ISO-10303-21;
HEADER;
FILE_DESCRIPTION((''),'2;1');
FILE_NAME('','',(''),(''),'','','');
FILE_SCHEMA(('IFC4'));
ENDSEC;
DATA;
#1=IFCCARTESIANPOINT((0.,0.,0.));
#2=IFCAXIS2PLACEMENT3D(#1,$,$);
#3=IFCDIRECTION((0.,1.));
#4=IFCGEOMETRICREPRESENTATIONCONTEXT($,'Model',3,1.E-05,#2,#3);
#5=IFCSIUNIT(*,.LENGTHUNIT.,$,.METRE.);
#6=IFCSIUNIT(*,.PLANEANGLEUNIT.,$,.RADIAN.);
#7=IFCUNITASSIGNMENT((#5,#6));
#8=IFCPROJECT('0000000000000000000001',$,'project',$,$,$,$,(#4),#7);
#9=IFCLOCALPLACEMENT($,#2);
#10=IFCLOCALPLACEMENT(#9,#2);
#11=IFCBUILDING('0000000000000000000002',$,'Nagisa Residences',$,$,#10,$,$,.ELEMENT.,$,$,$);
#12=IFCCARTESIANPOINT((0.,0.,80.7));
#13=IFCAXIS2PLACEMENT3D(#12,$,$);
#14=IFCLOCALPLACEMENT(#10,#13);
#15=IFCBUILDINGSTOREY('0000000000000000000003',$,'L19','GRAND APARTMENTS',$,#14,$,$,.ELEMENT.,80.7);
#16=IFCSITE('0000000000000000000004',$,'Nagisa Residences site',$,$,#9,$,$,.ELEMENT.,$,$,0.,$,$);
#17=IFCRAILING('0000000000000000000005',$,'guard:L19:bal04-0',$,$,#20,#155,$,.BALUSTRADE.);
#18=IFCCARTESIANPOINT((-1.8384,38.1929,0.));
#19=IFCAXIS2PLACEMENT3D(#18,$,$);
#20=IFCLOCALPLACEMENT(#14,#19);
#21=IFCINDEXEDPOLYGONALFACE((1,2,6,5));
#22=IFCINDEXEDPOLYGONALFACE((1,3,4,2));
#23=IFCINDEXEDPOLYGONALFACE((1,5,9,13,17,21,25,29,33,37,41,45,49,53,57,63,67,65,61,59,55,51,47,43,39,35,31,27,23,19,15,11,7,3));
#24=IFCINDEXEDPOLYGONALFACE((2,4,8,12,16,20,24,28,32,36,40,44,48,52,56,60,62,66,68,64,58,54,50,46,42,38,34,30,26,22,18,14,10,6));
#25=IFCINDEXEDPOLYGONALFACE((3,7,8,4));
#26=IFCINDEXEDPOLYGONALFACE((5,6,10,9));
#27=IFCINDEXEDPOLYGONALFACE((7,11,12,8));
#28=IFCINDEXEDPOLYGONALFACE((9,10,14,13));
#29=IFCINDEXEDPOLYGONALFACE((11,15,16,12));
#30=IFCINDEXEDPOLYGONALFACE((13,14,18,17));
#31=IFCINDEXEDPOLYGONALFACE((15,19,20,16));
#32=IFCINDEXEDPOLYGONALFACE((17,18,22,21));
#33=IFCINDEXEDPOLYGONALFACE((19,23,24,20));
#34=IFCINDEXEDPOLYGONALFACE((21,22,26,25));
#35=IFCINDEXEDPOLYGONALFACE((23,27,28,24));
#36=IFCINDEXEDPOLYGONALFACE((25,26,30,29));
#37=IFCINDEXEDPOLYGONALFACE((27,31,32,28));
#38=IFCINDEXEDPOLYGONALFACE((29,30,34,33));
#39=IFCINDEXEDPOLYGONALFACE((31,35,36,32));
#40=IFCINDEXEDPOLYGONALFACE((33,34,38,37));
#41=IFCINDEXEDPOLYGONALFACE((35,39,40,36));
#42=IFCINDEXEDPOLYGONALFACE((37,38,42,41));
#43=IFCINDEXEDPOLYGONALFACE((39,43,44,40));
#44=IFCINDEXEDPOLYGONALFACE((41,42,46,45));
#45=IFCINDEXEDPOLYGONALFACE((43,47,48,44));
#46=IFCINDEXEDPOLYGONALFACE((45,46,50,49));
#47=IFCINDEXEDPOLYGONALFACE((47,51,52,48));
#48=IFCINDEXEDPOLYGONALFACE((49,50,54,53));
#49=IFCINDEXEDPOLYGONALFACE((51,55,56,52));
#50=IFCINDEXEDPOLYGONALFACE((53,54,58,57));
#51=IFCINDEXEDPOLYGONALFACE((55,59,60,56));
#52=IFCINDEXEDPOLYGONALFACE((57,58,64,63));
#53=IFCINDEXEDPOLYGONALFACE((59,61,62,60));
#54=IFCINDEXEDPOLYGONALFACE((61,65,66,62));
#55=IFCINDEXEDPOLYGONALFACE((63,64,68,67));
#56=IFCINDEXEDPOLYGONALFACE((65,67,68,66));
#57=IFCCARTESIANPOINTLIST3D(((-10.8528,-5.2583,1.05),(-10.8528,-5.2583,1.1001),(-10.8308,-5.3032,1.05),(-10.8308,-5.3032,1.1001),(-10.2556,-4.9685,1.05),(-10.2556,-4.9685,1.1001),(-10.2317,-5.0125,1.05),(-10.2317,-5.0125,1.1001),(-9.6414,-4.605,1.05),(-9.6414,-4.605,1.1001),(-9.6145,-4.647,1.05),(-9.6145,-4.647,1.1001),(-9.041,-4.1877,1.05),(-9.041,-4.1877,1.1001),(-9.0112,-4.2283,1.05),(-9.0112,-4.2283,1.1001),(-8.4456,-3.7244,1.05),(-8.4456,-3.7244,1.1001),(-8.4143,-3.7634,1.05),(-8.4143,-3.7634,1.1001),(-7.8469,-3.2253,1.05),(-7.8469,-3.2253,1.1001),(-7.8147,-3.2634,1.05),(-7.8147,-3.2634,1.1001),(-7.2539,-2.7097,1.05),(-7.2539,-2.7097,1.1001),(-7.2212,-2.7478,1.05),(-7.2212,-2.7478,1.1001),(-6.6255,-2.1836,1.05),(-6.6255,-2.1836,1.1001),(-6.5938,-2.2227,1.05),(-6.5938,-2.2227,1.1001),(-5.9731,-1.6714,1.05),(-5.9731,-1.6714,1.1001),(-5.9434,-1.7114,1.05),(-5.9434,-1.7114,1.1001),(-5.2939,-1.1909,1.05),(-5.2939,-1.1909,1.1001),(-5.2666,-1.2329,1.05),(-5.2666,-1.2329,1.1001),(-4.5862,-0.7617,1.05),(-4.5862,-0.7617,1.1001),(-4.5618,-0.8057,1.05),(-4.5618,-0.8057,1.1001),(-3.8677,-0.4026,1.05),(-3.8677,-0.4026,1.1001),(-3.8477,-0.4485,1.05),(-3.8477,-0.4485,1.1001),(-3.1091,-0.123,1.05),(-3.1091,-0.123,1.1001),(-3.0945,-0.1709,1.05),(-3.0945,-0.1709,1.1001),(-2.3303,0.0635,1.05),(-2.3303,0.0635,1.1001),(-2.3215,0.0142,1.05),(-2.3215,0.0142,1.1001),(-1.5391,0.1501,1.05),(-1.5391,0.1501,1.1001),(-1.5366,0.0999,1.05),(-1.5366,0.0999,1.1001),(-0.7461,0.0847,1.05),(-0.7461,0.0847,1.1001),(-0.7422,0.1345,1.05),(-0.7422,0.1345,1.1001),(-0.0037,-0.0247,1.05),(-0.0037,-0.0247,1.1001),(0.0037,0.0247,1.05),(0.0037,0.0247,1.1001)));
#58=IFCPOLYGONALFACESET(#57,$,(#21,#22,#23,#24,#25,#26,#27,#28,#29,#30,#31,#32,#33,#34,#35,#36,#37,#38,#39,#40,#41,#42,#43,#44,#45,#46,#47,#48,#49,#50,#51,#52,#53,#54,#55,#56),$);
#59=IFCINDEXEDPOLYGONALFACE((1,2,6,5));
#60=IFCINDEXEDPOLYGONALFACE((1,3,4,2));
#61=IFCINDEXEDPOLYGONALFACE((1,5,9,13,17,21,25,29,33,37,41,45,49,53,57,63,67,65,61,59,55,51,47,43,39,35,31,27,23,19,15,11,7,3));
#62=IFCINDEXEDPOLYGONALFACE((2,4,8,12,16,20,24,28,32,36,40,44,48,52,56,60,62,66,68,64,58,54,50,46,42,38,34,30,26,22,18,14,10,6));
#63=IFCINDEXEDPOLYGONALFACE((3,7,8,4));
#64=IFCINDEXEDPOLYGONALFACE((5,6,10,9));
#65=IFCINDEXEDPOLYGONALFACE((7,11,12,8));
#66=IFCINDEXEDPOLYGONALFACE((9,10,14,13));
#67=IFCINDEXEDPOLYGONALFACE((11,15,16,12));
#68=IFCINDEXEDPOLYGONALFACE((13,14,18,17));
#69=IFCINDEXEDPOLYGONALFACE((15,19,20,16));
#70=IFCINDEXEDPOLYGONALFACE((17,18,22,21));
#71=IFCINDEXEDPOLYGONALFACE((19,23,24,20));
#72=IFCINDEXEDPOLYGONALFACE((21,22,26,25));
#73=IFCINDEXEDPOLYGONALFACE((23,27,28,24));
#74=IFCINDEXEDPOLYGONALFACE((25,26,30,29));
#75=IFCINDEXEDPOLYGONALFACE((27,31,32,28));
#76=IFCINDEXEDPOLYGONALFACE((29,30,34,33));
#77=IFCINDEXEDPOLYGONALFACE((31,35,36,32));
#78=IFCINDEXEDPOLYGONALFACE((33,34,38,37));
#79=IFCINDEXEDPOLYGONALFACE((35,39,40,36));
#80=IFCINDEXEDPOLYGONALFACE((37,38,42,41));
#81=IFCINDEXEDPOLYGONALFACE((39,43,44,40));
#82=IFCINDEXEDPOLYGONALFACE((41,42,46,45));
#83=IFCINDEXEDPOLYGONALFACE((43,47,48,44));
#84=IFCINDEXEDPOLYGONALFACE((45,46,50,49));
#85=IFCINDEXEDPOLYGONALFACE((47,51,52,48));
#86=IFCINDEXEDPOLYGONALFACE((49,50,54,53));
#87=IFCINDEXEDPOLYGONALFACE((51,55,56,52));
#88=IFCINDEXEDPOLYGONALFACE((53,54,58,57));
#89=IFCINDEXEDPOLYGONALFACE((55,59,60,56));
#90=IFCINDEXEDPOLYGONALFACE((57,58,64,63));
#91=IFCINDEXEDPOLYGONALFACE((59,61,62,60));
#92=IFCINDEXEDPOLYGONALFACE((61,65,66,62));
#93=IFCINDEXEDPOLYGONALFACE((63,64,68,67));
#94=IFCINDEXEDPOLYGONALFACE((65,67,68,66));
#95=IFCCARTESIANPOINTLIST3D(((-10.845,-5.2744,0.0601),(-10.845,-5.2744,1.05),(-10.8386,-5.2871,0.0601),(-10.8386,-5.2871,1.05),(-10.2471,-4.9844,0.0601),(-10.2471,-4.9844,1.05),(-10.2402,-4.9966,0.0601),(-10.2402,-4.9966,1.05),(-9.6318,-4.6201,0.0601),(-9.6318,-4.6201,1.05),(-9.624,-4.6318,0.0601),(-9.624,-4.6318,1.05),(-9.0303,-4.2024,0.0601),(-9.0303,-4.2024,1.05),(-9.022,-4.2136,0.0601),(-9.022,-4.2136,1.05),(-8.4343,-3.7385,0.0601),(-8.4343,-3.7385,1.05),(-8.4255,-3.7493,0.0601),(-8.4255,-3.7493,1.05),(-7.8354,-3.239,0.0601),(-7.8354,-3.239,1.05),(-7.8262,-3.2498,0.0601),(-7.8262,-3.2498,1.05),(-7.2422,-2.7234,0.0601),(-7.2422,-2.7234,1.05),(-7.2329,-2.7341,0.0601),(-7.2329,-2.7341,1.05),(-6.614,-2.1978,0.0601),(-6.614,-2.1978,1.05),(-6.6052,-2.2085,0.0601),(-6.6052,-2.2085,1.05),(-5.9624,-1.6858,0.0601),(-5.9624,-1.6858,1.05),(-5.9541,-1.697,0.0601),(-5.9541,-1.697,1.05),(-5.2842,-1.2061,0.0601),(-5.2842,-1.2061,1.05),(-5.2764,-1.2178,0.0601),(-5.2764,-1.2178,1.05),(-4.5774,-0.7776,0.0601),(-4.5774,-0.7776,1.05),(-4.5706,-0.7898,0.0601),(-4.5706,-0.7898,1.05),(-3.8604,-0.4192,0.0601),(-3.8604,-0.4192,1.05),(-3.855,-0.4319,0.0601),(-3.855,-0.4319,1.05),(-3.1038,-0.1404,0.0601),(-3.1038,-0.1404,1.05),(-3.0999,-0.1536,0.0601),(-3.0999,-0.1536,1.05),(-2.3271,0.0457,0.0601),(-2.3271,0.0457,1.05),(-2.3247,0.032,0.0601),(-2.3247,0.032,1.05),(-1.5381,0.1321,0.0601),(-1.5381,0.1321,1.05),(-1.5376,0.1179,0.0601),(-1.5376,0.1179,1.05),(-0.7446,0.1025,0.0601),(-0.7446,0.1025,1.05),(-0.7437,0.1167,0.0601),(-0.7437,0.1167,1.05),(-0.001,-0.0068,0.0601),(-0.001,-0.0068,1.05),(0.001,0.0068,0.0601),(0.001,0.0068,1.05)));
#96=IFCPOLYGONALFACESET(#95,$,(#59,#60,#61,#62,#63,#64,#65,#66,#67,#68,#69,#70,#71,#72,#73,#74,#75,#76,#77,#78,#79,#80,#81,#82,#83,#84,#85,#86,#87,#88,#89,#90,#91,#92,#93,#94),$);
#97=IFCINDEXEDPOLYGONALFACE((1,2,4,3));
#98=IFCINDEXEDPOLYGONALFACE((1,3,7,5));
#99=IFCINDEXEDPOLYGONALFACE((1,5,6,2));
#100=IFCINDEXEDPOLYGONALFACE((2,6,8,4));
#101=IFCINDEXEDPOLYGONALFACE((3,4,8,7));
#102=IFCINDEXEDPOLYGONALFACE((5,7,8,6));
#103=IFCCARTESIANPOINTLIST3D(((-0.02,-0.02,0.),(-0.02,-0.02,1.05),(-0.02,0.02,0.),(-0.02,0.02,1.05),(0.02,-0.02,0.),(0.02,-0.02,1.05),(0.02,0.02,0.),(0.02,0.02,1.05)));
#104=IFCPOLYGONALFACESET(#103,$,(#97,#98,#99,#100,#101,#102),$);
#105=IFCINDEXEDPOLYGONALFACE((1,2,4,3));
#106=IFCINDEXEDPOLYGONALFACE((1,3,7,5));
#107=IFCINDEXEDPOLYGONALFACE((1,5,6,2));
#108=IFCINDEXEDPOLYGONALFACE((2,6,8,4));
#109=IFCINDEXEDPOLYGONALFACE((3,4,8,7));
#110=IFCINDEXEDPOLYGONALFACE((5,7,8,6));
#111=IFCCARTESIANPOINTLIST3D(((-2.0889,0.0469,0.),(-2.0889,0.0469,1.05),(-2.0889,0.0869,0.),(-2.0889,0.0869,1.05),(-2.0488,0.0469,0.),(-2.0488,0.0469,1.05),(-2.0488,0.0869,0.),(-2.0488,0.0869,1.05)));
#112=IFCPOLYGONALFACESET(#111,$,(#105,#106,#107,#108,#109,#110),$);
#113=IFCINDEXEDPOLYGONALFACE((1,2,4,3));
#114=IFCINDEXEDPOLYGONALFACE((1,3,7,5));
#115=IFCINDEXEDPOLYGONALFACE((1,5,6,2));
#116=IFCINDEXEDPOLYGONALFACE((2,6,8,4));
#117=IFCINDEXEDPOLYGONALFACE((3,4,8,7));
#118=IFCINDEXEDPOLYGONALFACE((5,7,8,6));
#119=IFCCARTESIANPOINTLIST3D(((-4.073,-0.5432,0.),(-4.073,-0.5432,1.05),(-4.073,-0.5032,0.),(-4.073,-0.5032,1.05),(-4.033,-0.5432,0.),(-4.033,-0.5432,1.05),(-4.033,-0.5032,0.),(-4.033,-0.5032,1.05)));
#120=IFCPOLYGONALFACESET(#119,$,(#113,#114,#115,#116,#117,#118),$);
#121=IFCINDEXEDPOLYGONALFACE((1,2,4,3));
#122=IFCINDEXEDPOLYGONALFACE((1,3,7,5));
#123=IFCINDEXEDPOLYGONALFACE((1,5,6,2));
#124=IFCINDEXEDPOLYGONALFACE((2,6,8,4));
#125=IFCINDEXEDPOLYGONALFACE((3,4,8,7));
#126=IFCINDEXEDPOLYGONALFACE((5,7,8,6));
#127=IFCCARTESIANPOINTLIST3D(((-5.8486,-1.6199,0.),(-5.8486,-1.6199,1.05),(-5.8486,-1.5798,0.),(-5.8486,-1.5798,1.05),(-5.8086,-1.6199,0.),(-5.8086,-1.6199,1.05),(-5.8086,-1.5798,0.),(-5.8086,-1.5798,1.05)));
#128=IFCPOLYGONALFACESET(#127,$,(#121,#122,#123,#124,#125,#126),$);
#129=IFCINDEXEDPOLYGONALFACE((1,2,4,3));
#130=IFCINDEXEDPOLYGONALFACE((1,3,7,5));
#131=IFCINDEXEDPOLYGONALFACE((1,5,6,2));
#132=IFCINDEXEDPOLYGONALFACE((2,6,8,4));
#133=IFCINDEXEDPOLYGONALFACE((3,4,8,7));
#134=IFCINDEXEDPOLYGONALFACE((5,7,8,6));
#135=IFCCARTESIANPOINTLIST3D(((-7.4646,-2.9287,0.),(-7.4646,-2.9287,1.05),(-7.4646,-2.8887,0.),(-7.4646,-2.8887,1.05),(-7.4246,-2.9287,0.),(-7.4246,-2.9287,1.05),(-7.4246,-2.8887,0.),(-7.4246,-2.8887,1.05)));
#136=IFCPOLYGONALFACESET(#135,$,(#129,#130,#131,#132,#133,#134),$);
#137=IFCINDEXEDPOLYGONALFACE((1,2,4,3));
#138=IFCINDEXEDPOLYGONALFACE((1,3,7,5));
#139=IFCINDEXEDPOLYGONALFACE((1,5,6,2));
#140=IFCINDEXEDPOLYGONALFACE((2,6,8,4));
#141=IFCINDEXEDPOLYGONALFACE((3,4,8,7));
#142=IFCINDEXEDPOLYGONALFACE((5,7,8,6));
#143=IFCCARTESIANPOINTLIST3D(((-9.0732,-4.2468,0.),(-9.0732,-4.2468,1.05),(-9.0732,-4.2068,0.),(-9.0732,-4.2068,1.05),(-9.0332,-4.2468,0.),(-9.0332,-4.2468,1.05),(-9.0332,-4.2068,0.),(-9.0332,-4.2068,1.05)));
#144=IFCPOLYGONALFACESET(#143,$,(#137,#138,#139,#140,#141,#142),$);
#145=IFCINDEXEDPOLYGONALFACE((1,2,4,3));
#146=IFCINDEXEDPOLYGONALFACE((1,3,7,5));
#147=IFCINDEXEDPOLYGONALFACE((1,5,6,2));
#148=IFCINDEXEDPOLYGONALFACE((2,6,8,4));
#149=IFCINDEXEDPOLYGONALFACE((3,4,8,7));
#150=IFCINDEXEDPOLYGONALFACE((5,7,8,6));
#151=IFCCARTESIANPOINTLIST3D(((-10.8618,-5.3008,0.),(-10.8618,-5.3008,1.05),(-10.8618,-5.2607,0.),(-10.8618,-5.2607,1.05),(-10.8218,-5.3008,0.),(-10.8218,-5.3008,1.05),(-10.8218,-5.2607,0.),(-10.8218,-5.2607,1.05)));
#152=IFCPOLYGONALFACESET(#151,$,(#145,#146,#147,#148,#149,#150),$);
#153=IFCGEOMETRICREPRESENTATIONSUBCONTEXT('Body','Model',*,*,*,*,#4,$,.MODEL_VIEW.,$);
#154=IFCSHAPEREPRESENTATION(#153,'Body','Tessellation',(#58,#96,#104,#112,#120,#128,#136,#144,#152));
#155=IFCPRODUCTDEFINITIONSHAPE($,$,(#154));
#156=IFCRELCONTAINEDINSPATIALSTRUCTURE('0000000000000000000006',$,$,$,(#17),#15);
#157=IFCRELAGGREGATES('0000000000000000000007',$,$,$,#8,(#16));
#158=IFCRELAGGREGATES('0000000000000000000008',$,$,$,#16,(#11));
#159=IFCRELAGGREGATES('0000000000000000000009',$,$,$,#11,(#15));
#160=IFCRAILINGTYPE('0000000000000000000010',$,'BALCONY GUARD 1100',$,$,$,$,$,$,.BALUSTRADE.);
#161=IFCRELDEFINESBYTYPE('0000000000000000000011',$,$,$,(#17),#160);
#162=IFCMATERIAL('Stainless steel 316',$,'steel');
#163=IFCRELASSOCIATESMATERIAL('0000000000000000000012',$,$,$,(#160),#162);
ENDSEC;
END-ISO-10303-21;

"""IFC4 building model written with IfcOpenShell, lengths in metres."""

from ifc_helpers import new_model, si_unit, direction, frame, origin, origin_2d, place, context, subcontext, project, spatial, polyline, rectangle, outline, extrude, material, type_object, element, save


model = new_model("IFC4")

# Units and contexts
model_context = context("Model", 3, precision=1e-05, world=origin(), true_north=direction((0.0, 1.0)))
body_context = subcontext(model_context, "Body", "Model", "MODEL_VIEW")
ifc_project = project(units=[si_unit("LENGTHUNIT", "METRE"), si_unit("PLANEANGLEUNIT", "RADIAN")], contexts=[model_context])

# Site, building, storey
site_placement = place(None, origin())
site = spatial("IfcSite", under=ifc_project, at=site_placement, Name="Nagisa Residences site", CompositionType="ELEMENT", RefElevation=0.0)
building_placement = place(site_placement, origin())
building = spatial("IfcBuilding", under=site, at=building_placement, Name="Nagisa Residences", CompositionType="ELEMENT")
storey_placement = place(building_placement, frame((0.0, 0.0, 80.7)))
storey = spatial("IfcBuildingStorey", under=building, at=storey_placement, Name="L19", Description="GRAND APARTMENTS", CompositionType="ELEMENT", Elevation=80.7)

# Railing
ifc_material_1 = material(Name="Stainless steel 316", Category="steel")
railing_type = type_object("IfcRailingType", Name="BALCONY GUARD 1100", PredefinedType="BALUSTRADE", material=ifc_material_1)
railing_placement = place(storey_placement, frame((-1.8384, 38.1929, 0.0)))
element("IfcRailing", 1, at=railing_placement, inside=storey, type_object=railing_type, Name="guard:L19:bal04-0", PredefinedType="BALUSTRADE", context=body_context, shape_type="SweptSolid", body=[
    extrude(outline(polyline([(-0.7461, 0.0847), (-0.0037, -0.0247), (0.0037, 0.0247), (-0.7422, 0.1345), (-1.5391, 0.1501), (-2.3303, 0.0635), (-3.1091, -0.123), (-3.8677, -0.4026), (-4.5862, -0.7617), (-5.2939, -1.1909), (-5.9731, -1.6714), (-6.6255, -2.1836), (-7.2539, -2.7097), (-7.8469, -3.2253), (-8.4456, -3.7244), (-9.041, -4.1877), (-9.6414, -4.605), (-10.2556, -4.9685), (-10.8528, -5.2583), (-10.8308, -5.3032), (-10.2317, -5.0125), (-9.6145, -4.647), (-9.0112, -4.2283), (-8.4143, -3.7634), (-7.8147, -3.2634), (-7.2212, -2.7478), (-6.5938, -2.2227), (-5.9434, -1.7114), (-5.2666, -1.2329), (-4.5618, -0.8057), (-3.8477, -0.4485), (-3.0945, -0.1709), (-2.3215, 0.0142), (-1.5366, 0.0999), (-0.7461, 0.0847)])), frame((0.0, 0.0, 1.05)), (0.0, 0.0, 1.0), 0.05),
    extrude(outline(polyline([(-0.7446, 0.1025), (-0.001, -0.0068), (0.001, 0.0068), (-0.7437, 0.1167), (-1.5381, 0.1321), (-2.3271, 0.0457), (-3.1038, -0.1404), (-3.8604, -0.4192), (-4.5774, -0.7776), (-5.2842, -1.2061), (-5.9624, -1.6858), (-6.614, -2.1978), (-7.2422, -2.7234), (-7.8354, -3.239), (-8.4343, -3.7385), (-9.0303, -4.2024), (-9.6318, -4.6201), (-10.2471, -4.9844), (-10.845, -5.2744), (-10.8386, -5.2871), (-10.2402, -4.9966), (-9.624, -4.6318), (-9.022, -4.2136), (-8.4255, -3.7493), (-7.8262, -3.2498), (-7.2329, -2.7341), (-6.6052, -2.2085), (-5.9541, -1.697), (-5.2764, -1.2178), (-4.5706, -0.7898), (-3.855, -0.4319), (-3.0999, -0.1536), (-2.3247, 0.032), (-1.5376, 0.1179), (-0.7446, 0.1025)])), frame((0.0, 0.0, 0.0601)), (0.0, 0.0, 1.0), 0.99),
    extrude(rectangle(XDim=0.04, YDim=0.04, at=origin_2d()), origin(), (0.0, 0.0, 1.0), 1.05),
    extrude(rectangle(XDim=0.04, YDim=0.04, at=origin_2d()), frame((-2.0688, 0.0669, 0.0)), (0.0, 0.0, 1.0), 1.05),
    extrude(rectangle(XDim=0.04, YDim=0.04, at=origin_2d()), frame((-4.053, -0.5232, 0.0)), (0.0, 0.0, 1.0), 1.05),
    extrude(rectangle(XDim=0.04, YDim=0.04, at=origin_2d()), frame((-5.8286, -1.5999, 0.0)), (0.0, 0.0, 1.0), 1.05),
    extrude(rectangle(XDim=0.04, YDim=0.04, at=origin_2d()), frame((-7.4446, -2.9087, 0.0)), (0.0, 0.0, 1.0), 1.05),
    extrude(rectangle(XDim=0.04, YDim=0.04, at=origin_2d()), frame((-9.0532, -4.2268, 0.0)), (0.0, 0.0, 1.0), 1.05),
    extrude(rectangle(XDim=0.04, YDim=0.04, at=origin_2d()), frame((-10.8418, -5.2808, 0.0)), (0.0, 0.0, 1.0), 1.05),
])

save(model, "model.ifc")
